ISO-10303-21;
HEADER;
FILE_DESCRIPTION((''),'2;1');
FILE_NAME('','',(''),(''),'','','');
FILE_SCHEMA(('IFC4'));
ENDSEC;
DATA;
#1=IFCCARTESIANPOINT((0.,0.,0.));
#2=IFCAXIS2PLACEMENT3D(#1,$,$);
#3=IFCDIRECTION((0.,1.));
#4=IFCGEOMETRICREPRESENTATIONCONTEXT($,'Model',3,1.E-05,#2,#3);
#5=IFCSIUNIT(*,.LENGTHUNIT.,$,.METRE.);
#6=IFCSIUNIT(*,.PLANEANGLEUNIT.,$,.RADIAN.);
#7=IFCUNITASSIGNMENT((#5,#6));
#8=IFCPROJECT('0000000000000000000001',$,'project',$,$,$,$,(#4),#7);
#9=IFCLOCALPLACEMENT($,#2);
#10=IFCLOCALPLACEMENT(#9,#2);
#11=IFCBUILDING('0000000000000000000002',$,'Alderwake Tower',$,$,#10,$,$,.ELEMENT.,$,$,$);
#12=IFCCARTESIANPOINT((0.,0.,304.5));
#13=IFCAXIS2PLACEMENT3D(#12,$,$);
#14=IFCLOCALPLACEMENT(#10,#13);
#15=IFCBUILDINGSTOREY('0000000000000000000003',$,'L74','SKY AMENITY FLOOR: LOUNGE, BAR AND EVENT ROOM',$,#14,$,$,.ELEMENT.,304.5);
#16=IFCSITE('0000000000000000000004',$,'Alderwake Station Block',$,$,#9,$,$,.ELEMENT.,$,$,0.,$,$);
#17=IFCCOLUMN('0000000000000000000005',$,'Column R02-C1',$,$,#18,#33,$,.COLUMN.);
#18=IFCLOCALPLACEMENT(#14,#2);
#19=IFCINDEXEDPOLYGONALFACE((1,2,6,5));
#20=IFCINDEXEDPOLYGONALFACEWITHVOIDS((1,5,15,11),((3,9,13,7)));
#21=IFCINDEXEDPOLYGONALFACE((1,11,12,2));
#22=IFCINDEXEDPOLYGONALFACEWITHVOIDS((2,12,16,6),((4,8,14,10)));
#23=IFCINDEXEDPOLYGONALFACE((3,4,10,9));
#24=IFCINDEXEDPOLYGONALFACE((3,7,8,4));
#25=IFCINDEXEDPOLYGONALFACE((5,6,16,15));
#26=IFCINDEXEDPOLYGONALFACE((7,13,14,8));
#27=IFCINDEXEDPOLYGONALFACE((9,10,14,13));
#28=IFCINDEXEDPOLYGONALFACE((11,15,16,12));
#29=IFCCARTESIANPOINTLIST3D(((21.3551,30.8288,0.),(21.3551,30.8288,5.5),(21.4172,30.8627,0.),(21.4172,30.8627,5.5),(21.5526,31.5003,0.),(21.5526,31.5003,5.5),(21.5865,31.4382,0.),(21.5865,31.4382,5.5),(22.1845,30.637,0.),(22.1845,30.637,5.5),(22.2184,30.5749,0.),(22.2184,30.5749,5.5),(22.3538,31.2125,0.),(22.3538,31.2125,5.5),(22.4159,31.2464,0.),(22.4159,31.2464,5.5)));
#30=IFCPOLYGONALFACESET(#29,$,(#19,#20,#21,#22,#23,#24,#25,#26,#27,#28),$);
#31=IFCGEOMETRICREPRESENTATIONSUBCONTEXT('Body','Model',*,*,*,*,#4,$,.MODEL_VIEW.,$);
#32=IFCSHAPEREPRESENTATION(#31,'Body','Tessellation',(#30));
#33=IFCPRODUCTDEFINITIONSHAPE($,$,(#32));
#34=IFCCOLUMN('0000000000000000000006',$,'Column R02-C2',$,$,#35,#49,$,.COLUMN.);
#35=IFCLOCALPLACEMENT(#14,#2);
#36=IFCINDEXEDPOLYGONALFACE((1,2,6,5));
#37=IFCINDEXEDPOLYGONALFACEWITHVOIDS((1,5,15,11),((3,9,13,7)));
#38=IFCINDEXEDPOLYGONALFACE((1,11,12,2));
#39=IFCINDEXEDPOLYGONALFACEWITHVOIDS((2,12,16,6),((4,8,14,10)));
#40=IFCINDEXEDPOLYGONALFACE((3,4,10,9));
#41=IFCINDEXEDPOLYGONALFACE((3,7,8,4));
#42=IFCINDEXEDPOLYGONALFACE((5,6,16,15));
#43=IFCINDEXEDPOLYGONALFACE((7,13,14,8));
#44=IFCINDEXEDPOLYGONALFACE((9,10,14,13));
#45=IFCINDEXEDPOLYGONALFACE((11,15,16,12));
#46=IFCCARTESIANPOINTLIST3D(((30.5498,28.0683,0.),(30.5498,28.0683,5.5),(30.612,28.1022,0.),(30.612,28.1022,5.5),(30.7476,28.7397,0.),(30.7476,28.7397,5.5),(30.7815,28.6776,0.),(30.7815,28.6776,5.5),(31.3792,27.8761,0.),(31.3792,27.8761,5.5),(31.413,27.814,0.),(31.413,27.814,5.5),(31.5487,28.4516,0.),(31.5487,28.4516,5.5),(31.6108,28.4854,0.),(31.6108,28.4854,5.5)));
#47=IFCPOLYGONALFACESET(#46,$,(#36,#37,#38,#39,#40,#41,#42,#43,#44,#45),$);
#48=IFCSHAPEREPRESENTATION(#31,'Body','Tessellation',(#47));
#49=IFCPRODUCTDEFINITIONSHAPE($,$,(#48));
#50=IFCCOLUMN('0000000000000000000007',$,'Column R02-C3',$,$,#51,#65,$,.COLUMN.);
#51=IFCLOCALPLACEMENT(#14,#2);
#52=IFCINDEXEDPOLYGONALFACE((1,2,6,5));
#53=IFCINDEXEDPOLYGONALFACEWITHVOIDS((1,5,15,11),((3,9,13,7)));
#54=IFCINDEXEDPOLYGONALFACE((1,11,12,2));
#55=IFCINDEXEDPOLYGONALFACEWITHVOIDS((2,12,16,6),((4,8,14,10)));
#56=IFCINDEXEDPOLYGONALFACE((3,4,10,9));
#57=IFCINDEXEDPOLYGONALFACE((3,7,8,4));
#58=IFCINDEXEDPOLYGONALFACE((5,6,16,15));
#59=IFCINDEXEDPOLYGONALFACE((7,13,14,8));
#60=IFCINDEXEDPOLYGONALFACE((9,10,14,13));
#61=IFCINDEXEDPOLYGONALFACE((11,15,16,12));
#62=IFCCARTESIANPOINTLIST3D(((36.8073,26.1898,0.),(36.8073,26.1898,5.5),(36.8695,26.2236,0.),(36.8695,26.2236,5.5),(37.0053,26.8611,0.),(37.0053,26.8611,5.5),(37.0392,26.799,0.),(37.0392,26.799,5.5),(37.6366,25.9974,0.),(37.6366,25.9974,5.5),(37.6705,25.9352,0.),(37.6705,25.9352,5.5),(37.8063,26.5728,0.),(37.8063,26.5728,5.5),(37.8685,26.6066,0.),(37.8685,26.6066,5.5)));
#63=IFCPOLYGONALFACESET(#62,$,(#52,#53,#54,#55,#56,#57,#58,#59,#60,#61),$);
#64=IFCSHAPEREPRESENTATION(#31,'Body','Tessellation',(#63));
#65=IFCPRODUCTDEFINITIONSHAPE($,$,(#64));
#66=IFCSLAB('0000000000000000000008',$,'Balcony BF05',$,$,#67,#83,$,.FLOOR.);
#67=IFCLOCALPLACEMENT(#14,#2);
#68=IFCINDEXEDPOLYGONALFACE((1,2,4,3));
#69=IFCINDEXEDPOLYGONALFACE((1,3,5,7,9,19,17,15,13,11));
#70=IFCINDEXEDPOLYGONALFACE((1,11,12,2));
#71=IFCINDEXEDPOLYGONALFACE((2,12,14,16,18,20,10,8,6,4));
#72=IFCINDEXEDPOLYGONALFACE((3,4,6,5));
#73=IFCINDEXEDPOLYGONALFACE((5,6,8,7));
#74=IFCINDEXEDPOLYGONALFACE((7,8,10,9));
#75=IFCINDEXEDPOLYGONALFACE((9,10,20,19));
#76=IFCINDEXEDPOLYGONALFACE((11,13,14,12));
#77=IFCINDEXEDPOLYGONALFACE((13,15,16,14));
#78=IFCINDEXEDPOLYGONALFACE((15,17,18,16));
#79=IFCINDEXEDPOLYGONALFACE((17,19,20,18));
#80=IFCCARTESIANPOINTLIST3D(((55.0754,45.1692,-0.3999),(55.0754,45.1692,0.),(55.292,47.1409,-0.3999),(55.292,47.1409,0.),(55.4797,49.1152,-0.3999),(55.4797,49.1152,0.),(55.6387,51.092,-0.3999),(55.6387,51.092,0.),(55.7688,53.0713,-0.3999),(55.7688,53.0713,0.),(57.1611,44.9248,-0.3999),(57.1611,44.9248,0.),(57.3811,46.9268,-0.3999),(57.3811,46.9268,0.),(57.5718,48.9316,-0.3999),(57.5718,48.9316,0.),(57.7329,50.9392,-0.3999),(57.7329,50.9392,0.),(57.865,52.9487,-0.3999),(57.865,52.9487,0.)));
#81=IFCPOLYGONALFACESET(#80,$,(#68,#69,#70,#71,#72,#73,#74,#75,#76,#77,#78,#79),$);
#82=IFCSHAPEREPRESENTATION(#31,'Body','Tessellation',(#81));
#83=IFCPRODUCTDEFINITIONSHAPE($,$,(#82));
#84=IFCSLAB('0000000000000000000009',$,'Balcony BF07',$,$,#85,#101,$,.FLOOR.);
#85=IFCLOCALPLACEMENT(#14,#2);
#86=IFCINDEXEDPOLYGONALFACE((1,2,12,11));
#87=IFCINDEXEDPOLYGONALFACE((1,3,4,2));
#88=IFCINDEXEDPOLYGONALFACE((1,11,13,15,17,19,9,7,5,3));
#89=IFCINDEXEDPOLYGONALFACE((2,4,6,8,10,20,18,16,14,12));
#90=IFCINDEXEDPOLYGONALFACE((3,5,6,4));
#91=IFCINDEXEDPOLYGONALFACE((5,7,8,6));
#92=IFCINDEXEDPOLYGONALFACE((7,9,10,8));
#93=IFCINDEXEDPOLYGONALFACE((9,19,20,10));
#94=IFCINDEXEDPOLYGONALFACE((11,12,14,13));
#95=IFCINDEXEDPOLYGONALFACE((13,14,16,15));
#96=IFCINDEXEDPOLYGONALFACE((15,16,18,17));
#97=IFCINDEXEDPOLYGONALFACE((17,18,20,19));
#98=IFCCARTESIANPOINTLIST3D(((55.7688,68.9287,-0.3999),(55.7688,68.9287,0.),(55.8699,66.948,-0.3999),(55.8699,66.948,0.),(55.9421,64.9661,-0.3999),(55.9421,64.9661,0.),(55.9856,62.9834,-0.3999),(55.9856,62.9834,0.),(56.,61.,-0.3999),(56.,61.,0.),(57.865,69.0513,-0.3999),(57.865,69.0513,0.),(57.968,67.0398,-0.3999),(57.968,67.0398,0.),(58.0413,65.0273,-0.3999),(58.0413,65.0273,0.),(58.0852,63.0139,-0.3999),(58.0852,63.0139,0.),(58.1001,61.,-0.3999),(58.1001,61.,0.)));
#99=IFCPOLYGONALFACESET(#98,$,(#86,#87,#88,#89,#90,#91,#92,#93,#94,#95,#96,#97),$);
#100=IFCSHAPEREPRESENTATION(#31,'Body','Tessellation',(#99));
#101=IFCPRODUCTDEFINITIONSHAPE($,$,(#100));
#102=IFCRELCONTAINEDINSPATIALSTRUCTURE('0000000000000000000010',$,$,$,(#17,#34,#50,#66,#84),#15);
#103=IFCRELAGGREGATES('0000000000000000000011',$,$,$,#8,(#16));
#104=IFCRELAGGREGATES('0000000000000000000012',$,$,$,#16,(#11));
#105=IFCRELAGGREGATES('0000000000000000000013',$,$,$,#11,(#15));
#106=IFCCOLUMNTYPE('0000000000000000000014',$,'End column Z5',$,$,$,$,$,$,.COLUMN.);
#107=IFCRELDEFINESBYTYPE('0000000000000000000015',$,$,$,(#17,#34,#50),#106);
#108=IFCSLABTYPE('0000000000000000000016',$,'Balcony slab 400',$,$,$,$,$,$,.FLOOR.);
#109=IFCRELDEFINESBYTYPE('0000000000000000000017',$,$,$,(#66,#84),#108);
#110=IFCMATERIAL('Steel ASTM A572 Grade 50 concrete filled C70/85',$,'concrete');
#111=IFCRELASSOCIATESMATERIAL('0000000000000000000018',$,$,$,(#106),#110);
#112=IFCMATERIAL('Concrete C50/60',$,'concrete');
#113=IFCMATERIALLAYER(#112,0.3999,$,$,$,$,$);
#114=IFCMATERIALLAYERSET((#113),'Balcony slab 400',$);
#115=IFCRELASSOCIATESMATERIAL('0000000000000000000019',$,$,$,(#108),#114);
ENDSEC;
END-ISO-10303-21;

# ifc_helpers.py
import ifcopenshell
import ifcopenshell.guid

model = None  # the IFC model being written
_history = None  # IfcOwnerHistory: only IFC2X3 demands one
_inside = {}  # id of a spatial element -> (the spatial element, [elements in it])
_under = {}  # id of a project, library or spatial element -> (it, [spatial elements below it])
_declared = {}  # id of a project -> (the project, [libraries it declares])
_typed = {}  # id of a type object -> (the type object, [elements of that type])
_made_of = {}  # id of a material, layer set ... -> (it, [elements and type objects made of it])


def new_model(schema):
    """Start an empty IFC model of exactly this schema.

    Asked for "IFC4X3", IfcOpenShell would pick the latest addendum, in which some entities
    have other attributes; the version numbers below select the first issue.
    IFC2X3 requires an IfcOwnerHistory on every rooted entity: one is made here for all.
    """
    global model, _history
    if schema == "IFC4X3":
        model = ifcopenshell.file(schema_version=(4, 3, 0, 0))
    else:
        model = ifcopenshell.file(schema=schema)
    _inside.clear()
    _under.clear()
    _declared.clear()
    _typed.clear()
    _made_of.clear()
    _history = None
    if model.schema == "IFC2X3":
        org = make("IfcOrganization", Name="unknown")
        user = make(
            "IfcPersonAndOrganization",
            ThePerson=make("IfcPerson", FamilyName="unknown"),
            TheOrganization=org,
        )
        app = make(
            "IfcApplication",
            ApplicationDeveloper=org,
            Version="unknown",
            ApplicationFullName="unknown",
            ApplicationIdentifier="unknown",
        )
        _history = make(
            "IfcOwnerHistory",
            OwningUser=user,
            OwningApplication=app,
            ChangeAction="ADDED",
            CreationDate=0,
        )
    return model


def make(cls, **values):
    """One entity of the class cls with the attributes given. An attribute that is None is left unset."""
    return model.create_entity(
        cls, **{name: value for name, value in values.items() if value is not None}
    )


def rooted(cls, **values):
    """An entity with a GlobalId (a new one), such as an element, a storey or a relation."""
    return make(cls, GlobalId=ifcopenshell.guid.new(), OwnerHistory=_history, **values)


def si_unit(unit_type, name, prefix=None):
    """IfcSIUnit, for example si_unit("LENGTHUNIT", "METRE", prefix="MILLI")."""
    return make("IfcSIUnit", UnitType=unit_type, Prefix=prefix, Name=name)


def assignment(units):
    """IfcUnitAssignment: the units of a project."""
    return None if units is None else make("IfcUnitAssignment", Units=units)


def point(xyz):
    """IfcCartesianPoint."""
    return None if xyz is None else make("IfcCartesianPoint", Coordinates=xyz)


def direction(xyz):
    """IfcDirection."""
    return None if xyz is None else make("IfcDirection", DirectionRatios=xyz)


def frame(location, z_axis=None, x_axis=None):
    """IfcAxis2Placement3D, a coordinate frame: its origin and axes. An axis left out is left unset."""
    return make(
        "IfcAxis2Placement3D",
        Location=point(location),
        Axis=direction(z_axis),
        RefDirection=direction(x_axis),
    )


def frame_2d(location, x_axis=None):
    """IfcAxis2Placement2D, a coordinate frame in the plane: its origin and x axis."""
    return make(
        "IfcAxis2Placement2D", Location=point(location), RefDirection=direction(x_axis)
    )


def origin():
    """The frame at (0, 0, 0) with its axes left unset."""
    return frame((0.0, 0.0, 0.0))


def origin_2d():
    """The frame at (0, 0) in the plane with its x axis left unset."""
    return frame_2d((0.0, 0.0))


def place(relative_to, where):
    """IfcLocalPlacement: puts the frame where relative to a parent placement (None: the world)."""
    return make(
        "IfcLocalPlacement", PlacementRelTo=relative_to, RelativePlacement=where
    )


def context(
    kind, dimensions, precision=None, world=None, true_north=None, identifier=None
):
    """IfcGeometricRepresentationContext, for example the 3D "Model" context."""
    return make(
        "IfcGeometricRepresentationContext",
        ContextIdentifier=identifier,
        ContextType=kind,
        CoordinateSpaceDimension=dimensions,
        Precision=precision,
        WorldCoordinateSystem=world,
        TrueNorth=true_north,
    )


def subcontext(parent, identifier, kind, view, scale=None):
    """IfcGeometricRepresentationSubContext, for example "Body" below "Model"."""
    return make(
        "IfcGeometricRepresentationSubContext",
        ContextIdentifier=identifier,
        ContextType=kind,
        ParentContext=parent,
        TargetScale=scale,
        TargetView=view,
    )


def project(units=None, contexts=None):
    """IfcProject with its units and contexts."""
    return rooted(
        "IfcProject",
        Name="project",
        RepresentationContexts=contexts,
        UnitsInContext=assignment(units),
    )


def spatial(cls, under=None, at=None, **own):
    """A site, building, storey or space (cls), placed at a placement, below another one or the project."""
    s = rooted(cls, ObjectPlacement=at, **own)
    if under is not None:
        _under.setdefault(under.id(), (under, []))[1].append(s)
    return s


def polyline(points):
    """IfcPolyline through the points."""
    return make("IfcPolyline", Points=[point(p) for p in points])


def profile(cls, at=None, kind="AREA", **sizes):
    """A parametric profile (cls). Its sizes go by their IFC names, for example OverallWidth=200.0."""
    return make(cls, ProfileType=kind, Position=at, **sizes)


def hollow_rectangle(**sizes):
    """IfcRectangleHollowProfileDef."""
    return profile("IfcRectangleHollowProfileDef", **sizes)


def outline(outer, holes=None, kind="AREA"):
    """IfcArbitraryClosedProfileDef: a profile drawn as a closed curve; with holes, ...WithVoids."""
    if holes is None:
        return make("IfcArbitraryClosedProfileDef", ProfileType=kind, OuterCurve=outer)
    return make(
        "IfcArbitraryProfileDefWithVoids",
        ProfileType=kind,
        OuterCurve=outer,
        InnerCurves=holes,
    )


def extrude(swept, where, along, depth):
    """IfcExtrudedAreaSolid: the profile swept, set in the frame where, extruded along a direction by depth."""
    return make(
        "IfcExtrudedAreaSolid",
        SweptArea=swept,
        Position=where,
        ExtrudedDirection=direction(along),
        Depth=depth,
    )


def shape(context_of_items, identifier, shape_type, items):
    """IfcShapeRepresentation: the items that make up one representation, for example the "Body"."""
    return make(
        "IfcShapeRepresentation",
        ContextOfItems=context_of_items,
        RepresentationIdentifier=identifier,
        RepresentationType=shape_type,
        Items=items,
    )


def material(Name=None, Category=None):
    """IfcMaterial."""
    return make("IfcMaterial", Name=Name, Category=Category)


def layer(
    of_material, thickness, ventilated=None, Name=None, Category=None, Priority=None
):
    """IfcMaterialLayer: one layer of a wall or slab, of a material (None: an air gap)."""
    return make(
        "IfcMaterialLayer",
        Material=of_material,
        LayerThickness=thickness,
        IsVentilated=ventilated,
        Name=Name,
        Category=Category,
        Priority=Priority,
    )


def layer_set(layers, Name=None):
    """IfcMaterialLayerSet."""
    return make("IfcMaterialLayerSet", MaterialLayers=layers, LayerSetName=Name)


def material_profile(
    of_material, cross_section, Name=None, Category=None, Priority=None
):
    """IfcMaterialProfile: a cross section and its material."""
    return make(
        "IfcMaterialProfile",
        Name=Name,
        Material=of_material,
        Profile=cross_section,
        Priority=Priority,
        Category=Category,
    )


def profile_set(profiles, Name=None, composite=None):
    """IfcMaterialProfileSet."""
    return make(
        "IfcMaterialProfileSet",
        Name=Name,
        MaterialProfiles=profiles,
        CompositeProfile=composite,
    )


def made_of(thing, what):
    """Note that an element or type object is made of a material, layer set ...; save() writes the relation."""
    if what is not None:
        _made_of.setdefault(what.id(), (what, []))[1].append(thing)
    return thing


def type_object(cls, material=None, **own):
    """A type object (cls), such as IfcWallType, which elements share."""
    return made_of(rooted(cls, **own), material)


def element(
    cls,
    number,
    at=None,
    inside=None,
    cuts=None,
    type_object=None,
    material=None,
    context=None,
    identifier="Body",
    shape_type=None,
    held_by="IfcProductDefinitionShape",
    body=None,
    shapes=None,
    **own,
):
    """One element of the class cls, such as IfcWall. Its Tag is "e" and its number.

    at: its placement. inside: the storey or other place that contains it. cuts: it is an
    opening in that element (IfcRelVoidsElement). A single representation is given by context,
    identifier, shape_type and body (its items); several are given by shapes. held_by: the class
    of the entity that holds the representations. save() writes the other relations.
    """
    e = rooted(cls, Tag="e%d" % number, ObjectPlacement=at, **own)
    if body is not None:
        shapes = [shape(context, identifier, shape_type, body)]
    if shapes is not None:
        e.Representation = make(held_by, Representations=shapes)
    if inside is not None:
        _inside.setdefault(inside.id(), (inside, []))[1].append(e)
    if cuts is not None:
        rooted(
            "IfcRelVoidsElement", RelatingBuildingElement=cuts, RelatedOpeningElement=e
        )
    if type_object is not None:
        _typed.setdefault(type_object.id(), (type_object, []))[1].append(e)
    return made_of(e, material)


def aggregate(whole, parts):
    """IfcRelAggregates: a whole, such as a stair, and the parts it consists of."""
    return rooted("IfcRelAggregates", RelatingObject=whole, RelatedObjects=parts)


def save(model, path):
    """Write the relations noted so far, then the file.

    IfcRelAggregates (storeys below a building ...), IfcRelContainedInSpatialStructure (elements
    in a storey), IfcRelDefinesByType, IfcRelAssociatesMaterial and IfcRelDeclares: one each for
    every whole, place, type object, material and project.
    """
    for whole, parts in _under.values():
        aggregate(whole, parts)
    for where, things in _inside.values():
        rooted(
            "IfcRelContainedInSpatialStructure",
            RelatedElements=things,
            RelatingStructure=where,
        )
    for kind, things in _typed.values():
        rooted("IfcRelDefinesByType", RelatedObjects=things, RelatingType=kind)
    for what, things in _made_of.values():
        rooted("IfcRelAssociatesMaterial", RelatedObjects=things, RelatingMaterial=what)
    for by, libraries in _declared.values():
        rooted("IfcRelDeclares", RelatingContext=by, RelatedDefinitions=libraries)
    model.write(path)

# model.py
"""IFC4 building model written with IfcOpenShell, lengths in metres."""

from ifc_helpers import new_model, si_unit, direction, frame, origin, origin_2d, place, context, subcontext, project, spatial, polyline, hollow_rectangle, outline, extrude, material, layer, layer_set, material_profile, profile_set, type_object, element, save


model = new_model("IFC4")

# Units and contexts
model_context = context("Model", 3, precision=1e-05, world=origin(), true_north=direction((0.0, 1.0)))
body_context = subcontext(model_context, "Body", "Model", "MODEL_VIEW")
ifc_project = project(units=[si_unit("LENGTHUNIT", "METRE"), si_unit("PLANEANGLEUNIT", "RADIAN")], contexts=[model_context])

# Site, building, storey
site_placement = place(None, origin())
site = spatial("IfcSite", under=ifc_project, at=site_placement, Name="Alderwake Station Block", CompositionType="ELEMENT", RefElevation=0.0)
building_placement = place(site_placement, origin())
building = spatial("IfcBuilding", under=site, at=building_placement, Name="Alderwake Tower", CompositionType="ELEMENT")
storey_placement = place(building_placement, frame((0.0, 0.0, 304.5)))
storey = spatial("IfcBuildingStorey", under=building, at=storey_placement, Name="L74", Description="SKY AMENITY FLOOR: LOUNGE, BAR AND EVENT ROOM", CompositionType="ELEMENT", Elevation=304.5)

# Columns
ifc_material_1 = material(Name="Steel ASTM A572 Grade 50 concrete filled C70/85", Category="concrete")
ifc_material_profile = material_profile(ifc_material_1, hollow_rectangle(XDim=0.7, YDim=0.8999, WallThickness=0.05, at=origin_2d()), Name="BOX 900X700X50")
ifc_profile_set = profile_set([ifc_material_profile], Name="Steel ASTM A572 Grade 50 concrete filled C70/85")
column_type = type_object("IfcColumnType", Name="End column Z5", PredefinedType="COLUMN", material=ifc_profile_set)
for number, where, z_axis, x_axis, name in (
    (1, (21.8855, 31.0376, 0.0), (0.0, 0.0, 1.0), (0.282132, 0.959376, 0.0), "Column R02-C1"),
    (2, (31.0803, 28.2769, 0.0), (0.0, 0.0, 1.0), (0.282583, 0.959243, 0.0), "Column R02-C2"),
    (3, (37.3379, 26.3982, 0.0), (0.0, 0.0, 1.0), (0.282847, 0.959165, 0.0), "Column R02-C3"),
):
    element("IfcColumn", number, at=place(storey_placement, frame(where, z_axis=z_axis, x_axis=x_axis)), inside=storey, type_object=column_type, Name=name, PredefinedType="COLUMN", context=body_context, shape_type="SweptSolid", body=[
        extrude(hollow_rectangle(XDim=0.7, YDim=0.8999, WallThickness=0.05, at=origin_2d()), origin(), (0.0, 0.0, 1.0), 5.5),
    ])

# Slabs
ifc_material_2 = material(Name="Concrete C50/60", Category="concrete")
ifc_layer_1 = layer(ifc_material_2, 0.3999)
ifc_layer_set_1 = layer_set([ifc_layer_1], Name="Balcony slab 400")
slab_type_1 = type_object("IfcSlabType", Name="Balcony slab 400", PredefinedType="FLOOR", material=ifc_layer_set_1)
slab_1_placement = place(storey_placement, frame((0.0, 0.0, -0.3999)))
element("IfcSlab", 4, at=slab_1_placement, inside=storey, type_object=slab_type_1, Name="Balcony BF05", PredefinedType="FLOOR", context=body_context, shape_type="SweptSolid", body=[
    extrude(outline(polyline([(55.0754, 45.1692), (57.1611, 44.9248), (57.3811, 46.9268), (57.5718, 48.9316), (57.7329, 50.9392), (57.865, 52.9487), (55.7688, 53.0713), (55.6387, 51.092), (55.4797, 49.1152), (55.292, 47.1409), (55.0754, 45.1692)])), origin(), (0.0, 0.0, 1.0), 0.3999),
])
slab_2_placement = place(storey_placement, frame((0.0, 0.0, -0.3999)))
element("IfcSlab", 5, at=slab_2_placement, inside=storey, type_object=slab_type_1, Name="Balcony BF07", PredefinedType="FLOOR", context=body_context, shape_type="SweptSolid", body=[
    extrude(outline(polyline([(56.0, 61.0), (58.1001, 61.0), (58.0852, 63.0139), (58.0413, 65.0273), (57.968, 67.0398), (57.865, 69.0513), (55.7688, 68.9287), (55.8699, 66.948), (55.9421, 64.9661), (55.9856, 62.9834), (56.0, 61.0)])), origin(), (0.0, 0.0, 1.0), 0.3999),
])

save(model, "model.ifc")
